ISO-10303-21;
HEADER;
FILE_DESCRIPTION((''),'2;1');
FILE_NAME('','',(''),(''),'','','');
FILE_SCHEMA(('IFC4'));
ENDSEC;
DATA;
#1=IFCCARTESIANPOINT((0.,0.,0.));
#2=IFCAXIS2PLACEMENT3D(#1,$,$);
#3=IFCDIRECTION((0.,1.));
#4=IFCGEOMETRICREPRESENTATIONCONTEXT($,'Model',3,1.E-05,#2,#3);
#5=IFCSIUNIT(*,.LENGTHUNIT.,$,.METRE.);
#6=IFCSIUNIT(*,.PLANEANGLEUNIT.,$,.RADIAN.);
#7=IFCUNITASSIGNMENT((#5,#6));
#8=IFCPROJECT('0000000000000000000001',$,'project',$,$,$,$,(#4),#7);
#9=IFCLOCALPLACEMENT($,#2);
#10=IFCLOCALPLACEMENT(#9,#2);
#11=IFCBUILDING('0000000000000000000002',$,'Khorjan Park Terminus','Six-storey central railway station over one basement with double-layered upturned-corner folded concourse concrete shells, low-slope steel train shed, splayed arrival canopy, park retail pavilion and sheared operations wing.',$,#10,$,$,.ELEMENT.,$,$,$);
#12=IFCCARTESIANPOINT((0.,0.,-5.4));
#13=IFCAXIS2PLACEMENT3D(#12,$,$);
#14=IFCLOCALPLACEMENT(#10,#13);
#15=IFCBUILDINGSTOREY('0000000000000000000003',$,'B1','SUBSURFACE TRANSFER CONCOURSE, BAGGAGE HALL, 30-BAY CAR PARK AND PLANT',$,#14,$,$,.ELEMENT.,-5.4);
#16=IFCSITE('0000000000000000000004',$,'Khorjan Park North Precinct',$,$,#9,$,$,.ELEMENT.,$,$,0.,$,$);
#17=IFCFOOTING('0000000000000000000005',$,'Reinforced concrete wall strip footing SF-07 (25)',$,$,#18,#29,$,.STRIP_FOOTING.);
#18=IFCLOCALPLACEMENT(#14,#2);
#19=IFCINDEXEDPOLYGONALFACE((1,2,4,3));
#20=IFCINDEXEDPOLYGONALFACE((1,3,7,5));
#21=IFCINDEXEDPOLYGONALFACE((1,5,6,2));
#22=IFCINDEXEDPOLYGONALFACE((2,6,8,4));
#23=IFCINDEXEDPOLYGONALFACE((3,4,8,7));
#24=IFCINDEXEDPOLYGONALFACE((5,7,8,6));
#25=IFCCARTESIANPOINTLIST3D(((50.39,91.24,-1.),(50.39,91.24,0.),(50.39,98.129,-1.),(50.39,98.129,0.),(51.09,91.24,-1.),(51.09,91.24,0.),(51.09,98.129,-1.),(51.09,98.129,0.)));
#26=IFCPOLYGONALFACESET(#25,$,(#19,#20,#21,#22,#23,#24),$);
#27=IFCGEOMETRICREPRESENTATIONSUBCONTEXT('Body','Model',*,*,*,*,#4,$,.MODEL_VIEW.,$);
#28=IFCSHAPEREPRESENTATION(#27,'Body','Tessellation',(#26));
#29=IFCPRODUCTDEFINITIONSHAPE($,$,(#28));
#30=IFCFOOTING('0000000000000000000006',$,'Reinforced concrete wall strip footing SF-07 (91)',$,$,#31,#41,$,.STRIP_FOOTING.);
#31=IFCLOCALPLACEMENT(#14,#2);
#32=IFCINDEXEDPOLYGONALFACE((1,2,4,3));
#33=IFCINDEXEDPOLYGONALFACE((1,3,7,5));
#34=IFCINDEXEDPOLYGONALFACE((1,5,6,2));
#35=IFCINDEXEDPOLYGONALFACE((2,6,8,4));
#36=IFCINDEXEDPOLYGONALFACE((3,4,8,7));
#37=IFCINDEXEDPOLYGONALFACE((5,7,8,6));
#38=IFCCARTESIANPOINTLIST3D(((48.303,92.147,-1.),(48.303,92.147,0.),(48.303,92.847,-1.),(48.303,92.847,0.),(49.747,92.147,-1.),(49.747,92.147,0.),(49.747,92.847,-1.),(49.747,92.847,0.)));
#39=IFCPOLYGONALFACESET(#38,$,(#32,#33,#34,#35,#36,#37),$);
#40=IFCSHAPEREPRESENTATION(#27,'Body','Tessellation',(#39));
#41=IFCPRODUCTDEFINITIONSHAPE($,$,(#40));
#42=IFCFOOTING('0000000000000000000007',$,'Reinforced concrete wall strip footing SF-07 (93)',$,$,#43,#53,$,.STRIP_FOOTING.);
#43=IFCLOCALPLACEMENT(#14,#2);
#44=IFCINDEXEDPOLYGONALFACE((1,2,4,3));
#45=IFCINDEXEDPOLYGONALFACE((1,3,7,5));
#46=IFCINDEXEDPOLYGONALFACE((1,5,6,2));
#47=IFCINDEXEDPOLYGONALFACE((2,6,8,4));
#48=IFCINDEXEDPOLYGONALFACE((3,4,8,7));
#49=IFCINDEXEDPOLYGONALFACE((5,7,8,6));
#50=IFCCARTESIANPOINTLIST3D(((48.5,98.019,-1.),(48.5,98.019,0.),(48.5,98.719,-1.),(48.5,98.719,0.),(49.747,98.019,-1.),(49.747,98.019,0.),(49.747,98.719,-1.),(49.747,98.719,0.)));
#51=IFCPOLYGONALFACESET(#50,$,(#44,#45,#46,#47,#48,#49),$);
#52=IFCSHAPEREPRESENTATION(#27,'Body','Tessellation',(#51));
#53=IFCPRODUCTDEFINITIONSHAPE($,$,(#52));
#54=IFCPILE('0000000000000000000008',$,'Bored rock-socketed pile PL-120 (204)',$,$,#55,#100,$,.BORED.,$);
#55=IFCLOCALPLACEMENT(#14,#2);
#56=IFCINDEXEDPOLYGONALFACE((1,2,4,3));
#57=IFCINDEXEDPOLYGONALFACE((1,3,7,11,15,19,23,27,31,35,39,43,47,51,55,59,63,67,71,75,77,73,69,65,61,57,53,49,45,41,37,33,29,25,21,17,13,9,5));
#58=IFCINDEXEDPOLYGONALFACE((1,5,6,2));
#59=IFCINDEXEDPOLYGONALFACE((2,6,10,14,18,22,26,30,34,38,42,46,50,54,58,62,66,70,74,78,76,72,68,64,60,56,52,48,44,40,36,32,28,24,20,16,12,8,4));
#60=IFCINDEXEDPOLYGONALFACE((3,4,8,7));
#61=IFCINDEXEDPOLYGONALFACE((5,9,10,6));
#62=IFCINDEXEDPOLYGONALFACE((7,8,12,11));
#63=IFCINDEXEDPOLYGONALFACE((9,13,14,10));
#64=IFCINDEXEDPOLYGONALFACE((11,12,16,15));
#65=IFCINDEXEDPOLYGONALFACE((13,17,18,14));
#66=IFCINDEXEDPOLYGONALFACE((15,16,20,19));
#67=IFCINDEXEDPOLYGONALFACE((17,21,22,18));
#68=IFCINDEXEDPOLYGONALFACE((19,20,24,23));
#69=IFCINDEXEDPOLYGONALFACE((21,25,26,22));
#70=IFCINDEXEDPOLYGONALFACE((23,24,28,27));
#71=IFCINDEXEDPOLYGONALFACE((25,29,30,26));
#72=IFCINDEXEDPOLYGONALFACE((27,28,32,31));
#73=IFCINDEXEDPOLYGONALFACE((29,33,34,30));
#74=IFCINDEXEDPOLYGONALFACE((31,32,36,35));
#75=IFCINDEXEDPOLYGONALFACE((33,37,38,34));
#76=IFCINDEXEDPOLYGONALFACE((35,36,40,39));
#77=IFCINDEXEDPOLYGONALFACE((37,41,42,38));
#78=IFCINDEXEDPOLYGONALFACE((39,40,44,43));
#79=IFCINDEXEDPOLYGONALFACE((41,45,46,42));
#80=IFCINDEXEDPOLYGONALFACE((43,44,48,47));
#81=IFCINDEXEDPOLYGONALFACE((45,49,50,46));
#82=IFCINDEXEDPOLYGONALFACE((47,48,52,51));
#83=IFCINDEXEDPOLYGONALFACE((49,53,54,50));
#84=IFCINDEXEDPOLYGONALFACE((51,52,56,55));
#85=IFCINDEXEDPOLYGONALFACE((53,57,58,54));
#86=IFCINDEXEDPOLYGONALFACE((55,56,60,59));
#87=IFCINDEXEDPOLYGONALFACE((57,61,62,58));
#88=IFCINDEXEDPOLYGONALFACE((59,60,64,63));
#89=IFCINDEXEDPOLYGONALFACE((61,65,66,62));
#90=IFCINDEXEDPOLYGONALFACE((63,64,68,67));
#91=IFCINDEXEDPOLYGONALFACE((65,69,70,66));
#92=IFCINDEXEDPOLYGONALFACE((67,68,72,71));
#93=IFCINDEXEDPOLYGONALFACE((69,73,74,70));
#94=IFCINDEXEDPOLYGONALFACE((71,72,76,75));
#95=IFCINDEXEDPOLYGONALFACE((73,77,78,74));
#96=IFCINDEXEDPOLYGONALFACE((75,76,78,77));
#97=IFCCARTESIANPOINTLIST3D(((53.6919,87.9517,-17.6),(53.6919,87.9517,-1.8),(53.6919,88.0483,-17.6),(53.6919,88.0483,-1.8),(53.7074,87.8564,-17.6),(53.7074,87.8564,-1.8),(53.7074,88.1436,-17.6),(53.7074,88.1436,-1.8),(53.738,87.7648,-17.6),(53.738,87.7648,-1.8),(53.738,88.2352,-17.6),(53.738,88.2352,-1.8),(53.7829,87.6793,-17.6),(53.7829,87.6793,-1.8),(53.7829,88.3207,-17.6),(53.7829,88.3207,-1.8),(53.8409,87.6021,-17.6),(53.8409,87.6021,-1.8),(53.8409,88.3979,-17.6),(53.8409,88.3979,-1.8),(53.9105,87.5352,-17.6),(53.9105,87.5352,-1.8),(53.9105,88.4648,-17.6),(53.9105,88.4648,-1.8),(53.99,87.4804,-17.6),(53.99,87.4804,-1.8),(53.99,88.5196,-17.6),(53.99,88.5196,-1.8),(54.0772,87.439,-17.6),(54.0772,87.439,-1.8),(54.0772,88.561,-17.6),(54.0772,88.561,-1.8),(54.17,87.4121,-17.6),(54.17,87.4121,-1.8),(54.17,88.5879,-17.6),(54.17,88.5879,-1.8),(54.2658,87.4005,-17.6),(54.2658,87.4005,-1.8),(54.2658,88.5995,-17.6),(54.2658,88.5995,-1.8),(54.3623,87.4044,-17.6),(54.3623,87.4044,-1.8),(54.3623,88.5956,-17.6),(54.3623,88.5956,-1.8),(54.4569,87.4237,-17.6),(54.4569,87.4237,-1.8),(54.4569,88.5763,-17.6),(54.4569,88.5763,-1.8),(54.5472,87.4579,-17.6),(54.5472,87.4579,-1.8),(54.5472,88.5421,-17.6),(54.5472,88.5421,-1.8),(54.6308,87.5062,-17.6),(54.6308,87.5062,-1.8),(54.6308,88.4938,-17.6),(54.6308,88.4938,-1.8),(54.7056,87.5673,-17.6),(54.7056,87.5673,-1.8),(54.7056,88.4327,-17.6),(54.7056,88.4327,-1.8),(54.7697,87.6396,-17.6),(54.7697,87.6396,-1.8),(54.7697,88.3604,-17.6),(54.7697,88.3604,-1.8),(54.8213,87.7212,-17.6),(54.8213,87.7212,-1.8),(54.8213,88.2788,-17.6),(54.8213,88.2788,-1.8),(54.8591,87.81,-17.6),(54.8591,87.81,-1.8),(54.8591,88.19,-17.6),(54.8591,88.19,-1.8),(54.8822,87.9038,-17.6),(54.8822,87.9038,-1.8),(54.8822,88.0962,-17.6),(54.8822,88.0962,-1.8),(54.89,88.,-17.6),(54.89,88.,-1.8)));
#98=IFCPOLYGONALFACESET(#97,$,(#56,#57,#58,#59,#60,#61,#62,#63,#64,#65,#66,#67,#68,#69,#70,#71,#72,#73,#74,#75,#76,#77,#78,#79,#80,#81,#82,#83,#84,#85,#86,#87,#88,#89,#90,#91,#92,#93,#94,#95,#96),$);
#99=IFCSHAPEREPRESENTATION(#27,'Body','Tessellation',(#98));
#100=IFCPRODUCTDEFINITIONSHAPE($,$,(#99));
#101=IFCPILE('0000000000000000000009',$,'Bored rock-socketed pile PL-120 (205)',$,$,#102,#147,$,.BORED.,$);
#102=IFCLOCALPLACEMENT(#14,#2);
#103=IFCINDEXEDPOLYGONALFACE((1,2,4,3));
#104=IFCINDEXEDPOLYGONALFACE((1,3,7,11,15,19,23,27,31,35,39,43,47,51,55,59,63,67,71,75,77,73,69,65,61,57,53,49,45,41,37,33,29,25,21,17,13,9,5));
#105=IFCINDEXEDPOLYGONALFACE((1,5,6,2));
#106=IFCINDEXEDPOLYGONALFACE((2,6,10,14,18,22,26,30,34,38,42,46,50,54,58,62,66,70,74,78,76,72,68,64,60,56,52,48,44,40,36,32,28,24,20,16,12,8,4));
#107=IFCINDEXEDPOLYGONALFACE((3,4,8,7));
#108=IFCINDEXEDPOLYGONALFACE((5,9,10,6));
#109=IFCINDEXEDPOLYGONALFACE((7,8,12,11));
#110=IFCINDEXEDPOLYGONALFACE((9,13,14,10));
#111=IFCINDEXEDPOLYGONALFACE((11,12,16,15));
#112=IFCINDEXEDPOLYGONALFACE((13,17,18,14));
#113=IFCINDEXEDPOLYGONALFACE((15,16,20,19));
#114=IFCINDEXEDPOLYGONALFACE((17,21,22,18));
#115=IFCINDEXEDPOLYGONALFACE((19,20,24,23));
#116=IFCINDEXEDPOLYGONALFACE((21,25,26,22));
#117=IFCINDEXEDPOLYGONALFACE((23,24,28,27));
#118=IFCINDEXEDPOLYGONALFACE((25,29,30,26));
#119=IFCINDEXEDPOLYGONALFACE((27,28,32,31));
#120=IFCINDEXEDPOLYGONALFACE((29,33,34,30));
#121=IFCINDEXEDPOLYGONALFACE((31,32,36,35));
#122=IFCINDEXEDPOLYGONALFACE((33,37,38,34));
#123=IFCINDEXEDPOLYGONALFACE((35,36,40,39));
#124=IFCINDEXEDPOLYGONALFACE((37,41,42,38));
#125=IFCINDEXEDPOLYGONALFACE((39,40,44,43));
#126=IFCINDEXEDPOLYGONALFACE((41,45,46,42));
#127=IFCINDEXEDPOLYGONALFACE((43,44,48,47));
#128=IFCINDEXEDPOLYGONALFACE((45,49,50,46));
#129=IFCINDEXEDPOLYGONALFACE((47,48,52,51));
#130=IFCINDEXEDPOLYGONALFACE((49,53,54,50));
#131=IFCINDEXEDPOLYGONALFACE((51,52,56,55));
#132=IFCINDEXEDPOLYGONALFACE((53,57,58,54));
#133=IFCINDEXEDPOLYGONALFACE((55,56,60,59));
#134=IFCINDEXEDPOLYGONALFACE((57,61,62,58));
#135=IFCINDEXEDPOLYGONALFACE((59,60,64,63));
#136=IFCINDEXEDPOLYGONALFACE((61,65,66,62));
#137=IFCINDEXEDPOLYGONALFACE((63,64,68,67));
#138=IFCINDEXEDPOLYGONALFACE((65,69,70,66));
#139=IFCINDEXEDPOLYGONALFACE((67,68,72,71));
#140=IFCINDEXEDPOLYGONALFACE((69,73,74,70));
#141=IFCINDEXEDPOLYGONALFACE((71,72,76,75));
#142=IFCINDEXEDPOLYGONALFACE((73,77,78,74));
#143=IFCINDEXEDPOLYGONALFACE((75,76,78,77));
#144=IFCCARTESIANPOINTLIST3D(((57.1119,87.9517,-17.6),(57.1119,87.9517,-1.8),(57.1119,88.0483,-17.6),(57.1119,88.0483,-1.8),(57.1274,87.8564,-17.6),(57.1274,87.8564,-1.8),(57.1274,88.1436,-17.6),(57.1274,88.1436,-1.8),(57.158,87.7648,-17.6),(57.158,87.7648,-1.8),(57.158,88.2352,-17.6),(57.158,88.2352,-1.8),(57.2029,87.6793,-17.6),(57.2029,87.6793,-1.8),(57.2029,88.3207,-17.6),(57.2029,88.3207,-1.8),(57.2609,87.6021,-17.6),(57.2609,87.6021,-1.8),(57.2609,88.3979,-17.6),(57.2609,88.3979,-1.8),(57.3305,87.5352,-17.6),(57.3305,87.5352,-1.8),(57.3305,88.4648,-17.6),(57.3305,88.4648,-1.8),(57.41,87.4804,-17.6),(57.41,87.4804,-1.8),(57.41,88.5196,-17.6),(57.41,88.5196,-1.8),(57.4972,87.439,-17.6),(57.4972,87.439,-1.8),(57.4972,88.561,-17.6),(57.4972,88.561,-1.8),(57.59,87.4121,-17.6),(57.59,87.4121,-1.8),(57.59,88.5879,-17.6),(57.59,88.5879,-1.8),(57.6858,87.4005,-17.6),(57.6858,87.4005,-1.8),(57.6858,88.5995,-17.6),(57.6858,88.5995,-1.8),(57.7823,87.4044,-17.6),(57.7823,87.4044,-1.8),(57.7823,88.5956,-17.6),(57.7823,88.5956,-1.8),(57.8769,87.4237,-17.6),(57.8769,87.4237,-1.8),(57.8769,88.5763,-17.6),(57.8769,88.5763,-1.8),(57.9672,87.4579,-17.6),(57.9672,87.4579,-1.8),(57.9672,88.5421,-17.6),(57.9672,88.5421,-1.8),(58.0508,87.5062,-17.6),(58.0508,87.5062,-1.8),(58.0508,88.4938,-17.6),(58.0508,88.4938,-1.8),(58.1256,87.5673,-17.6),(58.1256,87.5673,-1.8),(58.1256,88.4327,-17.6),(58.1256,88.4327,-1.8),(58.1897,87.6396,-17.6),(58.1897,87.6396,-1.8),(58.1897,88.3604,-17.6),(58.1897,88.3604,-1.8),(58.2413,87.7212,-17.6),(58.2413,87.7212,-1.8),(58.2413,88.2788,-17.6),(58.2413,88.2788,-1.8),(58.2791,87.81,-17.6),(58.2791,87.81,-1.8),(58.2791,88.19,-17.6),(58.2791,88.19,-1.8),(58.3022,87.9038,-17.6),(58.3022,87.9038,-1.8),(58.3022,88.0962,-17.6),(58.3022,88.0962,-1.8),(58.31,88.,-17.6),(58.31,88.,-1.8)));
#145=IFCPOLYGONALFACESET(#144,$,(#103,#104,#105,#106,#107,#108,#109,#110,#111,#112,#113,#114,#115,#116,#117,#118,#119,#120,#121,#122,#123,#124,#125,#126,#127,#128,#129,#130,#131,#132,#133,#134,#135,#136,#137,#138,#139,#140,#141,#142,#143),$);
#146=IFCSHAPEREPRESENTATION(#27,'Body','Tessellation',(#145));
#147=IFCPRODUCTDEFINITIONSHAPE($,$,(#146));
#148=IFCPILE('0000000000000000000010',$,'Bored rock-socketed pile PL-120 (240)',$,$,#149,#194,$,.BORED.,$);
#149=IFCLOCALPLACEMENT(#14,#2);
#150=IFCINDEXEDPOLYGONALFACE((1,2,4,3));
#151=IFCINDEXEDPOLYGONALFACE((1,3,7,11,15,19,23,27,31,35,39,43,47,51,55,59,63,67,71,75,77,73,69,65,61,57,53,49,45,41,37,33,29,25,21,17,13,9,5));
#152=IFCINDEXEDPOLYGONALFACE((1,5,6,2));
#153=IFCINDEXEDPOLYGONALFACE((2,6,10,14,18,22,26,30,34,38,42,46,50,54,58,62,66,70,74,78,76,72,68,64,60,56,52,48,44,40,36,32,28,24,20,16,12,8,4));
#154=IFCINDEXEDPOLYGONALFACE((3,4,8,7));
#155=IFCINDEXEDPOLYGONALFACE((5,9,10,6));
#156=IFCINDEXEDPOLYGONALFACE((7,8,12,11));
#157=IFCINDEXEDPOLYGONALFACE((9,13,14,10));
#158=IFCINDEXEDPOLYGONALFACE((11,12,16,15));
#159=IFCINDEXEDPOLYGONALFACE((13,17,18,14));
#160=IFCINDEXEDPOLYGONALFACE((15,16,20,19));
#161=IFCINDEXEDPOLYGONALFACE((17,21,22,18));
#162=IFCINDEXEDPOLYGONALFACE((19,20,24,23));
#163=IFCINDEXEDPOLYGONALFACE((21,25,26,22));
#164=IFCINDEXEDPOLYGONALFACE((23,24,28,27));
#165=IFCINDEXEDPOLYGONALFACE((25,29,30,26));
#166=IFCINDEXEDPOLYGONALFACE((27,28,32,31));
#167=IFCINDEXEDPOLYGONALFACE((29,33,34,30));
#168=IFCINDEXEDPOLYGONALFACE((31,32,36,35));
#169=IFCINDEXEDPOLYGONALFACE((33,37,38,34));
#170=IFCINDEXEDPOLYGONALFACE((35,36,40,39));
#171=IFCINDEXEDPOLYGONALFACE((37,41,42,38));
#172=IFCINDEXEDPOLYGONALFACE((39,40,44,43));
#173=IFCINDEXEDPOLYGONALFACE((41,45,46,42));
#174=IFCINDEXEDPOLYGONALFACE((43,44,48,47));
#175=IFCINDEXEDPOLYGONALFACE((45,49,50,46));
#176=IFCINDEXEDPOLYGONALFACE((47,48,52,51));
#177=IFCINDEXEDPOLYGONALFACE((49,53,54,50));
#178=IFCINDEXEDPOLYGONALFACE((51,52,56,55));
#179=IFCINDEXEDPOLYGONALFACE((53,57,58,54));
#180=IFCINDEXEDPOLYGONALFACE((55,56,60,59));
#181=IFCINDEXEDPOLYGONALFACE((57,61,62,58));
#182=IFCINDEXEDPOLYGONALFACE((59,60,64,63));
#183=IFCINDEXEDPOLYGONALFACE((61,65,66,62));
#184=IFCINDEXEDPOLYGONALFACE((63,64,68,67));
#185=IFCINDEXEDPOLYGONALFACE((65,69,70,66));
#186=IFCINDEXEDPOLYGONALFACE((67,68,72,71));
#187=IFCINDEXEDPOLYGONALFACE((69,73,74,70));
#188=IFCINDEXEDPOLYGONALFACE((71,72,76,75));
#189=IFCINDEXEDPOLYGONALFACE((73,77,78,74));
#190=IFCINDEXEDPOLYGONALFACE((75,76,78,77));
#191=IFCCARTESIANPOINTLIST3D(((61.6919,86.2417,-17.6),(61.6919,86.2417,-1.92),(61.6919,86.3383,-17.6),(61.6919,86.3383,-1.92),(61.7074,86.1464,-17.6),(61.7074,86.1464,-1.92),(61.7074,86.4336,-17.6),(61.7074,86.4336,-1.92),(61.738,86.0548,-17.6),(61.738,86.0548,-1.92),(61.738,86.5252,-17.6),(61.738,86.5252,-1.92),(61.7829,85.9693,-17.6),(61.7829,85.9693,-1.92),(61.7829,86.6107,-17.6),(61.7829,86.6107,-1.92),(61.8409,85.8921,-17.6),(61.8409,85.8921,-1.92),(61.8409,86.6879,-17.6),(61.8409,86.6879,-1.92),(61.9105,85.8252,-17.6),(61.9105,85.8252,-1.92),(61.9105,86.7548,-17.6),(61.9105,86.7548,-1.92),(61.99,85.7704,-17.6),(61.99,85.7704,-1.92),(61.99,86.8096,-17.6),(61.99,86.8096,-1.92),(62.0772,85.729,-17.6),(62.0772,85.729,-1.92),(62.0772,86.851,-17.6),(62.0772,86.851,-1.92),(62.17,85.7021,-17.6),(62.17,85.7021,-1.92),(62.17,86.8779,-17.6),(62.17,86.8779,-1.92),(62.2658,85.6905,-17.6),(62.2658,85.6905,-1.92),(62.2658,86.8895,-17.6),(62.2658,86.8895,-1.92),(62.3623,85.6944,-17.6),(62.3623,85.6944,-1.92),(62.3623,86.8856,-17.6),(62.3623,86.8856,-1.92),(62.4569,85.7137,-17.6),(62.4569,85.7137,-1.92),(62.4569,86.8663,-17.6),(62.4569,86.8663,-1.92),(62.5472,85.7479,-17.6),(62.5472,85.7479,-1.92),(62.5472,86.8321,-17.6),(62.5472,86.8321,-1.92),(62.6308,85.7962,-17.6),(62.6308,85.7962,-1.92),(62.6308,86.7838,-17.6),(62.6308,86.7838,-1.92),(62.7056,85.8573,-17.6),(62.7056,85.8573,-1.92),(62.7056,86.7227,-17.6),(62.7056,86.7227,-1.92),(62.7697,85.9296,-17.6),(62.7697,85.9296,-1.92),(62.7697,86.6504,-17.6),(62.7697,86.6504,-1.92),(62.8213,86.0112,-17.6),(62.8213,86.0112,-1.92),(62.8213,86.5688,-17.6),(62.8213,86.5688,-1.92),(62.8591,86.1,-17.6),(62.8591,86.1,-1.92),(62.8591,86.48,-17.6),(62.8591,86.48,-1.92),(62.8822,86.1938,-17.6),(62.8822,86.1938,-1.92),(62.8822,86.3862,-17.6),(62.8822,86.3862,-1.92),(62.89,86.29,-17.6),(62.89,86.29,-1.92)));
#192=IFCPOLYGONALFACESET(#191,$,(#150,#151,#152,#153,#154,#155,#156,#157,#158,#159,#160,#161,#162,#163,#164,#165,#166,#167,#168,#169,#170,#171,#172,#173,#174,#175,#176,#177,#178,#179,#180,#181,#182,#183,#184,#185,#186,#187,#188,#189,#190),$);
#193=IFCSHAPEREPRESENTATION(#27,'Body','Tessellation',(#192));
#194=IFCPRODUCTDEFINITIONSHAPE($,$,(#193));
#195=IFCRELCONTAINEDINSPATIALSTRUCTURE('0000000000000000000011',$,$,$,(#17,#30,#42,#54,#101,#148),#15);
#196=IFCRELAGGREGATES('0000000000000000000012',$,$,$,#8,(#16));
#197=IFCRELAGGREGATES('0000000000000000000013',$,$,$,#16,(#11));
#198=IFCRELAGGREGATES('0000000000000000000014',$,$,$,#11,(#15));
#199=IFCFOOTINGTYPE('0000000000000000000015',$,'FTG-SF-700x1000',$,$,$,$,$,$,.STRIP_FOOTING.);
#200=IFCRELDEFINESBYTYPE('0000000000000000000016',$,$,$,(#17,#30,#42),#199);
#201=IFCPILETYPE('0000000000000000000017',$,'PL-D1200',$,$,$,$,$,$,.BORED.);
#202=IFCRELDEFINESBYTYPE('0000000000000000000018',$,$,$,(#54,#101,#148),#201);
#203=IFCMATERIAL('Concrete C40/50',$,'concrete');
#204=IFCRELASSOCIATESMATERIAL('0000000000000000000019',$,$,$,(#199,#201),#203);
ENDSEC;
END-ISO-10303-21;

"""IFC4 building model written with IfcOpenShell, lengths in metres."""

from ifc_helpers import new_model, si_unit, direction, frame, origin, origin_2d, place, context, subcontext, project, spatial, rectangle, circle, extrude, material, material_profile, profile_set, type_object, element, save


model = new_model("IFC4")

# Units and contexts
model_context = context("Model", 3, precision=1e-05, world=origin(), true_north=direction((0.0, 1.0)))
body_context = subcontext(model_context, "Body", "Model", "MODEL_VIEW")
ifc_project = project(units=[si_unit("LENGTHUNIT", "METRE"), si_unit("PLANEANGLEUNIT", "RADIAN")], contexts=[model_context])

# Site, building, storey
site_placement = place(None, origin())
site = spatial("IfcSite", under=ifc_project, at=site_placement, Name="Khorjan Park North Precinct", CompositionType="ELEMENT", RefElevation=0.0)
building_placement = place(site_placement, origin())
building = spatial("IfcBuilding", under=site, at=building_placement, Name="Khorjan Park Terminus", Description="Six-storey central railway station over one basement with double-layered upturned-corner folded concourse concrete shells, low-slope steel train shed, splayed arrival canopy, park retail pavilion and sheared operations wing.", CompositionType="ELEMENT")
storey_placement = place(building_placement, frame((0.0, 0.0, -5.4)))
storey = spatial("IfcBuildingStorey", under=building, at=storey_placement, Name="B1", Description="SUBSURFACE TRANSFER CONCOURSE, BAGGAGE HALL, 30-BAY CAR PARK AND PLANT", CompositionType="ELEMENT", Elevation=-5.4)

# Footings
ifc_material_1 = material(Name="Concrete C40/50", Category="concrete")
ifc_material_profile_1 = material_profile(ifc_material_1, rectangle(XDim=0.7, YDim=1.0, at=origin_2d()), Name="RC 700x1000")
ifc_profile_set_1 = profile_set([ifc_material_profile_1], Name="Concrete C40/50")
footing_type_1 = type_object("IfcFootingType", Name="FTG-SF-700x1000", PredefinedType="STRIP_FOOTING", material=ifc_profile_set_1)
footing_1_placement = place(storey_placement, frame((50.74, 91.24, -0.5), z_axis=(0.0, 1.0, 0.0), x_axis=(-1.0, 0.0, 0.0)))
element("IfcFooting", 1, at=footing_1_placement, inside=storey, type_object=footing_type_1, Name="Reinforced concrete wall strip footing SF-07 (25)", PredefinedType="STRIP_FOOTING", context=body_context, shape_type="SweptSolid", body=[
    extrude(rectangle(XDim=0.7, YDim=1.0, at=origin_2d()), origin(), (0.0, 0.0, 1.0), 6.889),
])
footing_2_placement = place(storey_placement, frame((48.303, 92.497, -0.5), z_axis=(1.0, 0.0, 0.0), x_axis=(0.0, 1.0, 0.0)))
element("IfcFooting", 2, at=footing_2_placement, inside=storey, type_object=footing_type_1, Name="Reinforced concrete wall strip footing SF-07 (91)", PredefinedType="STRIP_FOOTING", context=body_context, shape_type="SweptSolid", body=[
    extrude(rectangle(XDim=0.7, YDim=1.0, at=origin_2d()), origin(), (0.0, 0.0, 1.0), 1.444),
])
footing_3_placement = place(storey_placement, frame((49.747, 98.369, -0.5), z_axis=(-1.0, 0.0, 0.0), x_axis=(0.0, -1.0, 0.0)))
element("IfcFooting", 3, at=footing_3_placement, inside=storey, type_object=footing_type_1, Name="Reinforced concrete wall strip footing SF-07 (93)", PredefinedType="STRIP_FOOTING", context=body_context, shape_type="SweptSolid", body=[
    extrude(rectangle(XDim=0.7, YDim=1.0, at=origin_2d()), origin(), (0.0, 0.0, 1.0), 1.247),
])

# Piles
ifc_material_profile_2 = material_profile(ifc_material_1, circle(Radius=0.6, at=origin_2d()), Name="BORED D1200")
ifc_profile_set_2 = profile_set([ifc_material_profile_2], Name="Concrete C40/50")
pile_type_1 = type_object("IfcPileType", Name="PL-D1200", PredefinedType="BORED", material=ifc_profile_set_2)
for number, where, z_axis, x_axis, name in (
    (4, (54.29, 88.0, -1.8), (0.0, 0.0, -1.0), (1.0, 0.0, 0.0), "Bored rock-socketed pile PL-120 (204)"),
    (5, (57.71, 88.0, -1.8), (0.0, 0.0, -1.0), (1.0, 0.0, 0.0), "Bored rock-socketed pile PL-120 (205)"),
):
    element("IfcPile", number, at=place(storey_placement, frame(where, z_axis=z_axis, x_axis=x_axis)), inside=storey, type_object=pile_type_1, Name=name, PredefinedType="BORED", context=body_context, shape_type="SweptSolid", body=[
        extrude(circle(Radius=0.6, at=origin_2d()), origin(), (0.0, 0.0, 1.0), 15.8),
    ])
for number, where, z_axis, x_axis, name in (
    (6, (62.29, 86.29, -1.92), (0.0, 0.0, -1.0), (1.0, 0.0, 0.0), "Bored rock-socketed pile PL-120 (240)"),
):
    element("IfcPile", number, at=place(storey_placement, frame(where, z_axis=z_axis, x_axis=x_axis)), inside=storey, type_object=pile_type_1, Name=name, PredefinedType="BORED", context=body_context, shape_type="SweptSolid", body=[
        extrude(circle(Radius=0.6, at=origin_2d()), origin(), (0.0, 0.0, 1.0), 15.68),
    ])

save(model, "model.ifc")
